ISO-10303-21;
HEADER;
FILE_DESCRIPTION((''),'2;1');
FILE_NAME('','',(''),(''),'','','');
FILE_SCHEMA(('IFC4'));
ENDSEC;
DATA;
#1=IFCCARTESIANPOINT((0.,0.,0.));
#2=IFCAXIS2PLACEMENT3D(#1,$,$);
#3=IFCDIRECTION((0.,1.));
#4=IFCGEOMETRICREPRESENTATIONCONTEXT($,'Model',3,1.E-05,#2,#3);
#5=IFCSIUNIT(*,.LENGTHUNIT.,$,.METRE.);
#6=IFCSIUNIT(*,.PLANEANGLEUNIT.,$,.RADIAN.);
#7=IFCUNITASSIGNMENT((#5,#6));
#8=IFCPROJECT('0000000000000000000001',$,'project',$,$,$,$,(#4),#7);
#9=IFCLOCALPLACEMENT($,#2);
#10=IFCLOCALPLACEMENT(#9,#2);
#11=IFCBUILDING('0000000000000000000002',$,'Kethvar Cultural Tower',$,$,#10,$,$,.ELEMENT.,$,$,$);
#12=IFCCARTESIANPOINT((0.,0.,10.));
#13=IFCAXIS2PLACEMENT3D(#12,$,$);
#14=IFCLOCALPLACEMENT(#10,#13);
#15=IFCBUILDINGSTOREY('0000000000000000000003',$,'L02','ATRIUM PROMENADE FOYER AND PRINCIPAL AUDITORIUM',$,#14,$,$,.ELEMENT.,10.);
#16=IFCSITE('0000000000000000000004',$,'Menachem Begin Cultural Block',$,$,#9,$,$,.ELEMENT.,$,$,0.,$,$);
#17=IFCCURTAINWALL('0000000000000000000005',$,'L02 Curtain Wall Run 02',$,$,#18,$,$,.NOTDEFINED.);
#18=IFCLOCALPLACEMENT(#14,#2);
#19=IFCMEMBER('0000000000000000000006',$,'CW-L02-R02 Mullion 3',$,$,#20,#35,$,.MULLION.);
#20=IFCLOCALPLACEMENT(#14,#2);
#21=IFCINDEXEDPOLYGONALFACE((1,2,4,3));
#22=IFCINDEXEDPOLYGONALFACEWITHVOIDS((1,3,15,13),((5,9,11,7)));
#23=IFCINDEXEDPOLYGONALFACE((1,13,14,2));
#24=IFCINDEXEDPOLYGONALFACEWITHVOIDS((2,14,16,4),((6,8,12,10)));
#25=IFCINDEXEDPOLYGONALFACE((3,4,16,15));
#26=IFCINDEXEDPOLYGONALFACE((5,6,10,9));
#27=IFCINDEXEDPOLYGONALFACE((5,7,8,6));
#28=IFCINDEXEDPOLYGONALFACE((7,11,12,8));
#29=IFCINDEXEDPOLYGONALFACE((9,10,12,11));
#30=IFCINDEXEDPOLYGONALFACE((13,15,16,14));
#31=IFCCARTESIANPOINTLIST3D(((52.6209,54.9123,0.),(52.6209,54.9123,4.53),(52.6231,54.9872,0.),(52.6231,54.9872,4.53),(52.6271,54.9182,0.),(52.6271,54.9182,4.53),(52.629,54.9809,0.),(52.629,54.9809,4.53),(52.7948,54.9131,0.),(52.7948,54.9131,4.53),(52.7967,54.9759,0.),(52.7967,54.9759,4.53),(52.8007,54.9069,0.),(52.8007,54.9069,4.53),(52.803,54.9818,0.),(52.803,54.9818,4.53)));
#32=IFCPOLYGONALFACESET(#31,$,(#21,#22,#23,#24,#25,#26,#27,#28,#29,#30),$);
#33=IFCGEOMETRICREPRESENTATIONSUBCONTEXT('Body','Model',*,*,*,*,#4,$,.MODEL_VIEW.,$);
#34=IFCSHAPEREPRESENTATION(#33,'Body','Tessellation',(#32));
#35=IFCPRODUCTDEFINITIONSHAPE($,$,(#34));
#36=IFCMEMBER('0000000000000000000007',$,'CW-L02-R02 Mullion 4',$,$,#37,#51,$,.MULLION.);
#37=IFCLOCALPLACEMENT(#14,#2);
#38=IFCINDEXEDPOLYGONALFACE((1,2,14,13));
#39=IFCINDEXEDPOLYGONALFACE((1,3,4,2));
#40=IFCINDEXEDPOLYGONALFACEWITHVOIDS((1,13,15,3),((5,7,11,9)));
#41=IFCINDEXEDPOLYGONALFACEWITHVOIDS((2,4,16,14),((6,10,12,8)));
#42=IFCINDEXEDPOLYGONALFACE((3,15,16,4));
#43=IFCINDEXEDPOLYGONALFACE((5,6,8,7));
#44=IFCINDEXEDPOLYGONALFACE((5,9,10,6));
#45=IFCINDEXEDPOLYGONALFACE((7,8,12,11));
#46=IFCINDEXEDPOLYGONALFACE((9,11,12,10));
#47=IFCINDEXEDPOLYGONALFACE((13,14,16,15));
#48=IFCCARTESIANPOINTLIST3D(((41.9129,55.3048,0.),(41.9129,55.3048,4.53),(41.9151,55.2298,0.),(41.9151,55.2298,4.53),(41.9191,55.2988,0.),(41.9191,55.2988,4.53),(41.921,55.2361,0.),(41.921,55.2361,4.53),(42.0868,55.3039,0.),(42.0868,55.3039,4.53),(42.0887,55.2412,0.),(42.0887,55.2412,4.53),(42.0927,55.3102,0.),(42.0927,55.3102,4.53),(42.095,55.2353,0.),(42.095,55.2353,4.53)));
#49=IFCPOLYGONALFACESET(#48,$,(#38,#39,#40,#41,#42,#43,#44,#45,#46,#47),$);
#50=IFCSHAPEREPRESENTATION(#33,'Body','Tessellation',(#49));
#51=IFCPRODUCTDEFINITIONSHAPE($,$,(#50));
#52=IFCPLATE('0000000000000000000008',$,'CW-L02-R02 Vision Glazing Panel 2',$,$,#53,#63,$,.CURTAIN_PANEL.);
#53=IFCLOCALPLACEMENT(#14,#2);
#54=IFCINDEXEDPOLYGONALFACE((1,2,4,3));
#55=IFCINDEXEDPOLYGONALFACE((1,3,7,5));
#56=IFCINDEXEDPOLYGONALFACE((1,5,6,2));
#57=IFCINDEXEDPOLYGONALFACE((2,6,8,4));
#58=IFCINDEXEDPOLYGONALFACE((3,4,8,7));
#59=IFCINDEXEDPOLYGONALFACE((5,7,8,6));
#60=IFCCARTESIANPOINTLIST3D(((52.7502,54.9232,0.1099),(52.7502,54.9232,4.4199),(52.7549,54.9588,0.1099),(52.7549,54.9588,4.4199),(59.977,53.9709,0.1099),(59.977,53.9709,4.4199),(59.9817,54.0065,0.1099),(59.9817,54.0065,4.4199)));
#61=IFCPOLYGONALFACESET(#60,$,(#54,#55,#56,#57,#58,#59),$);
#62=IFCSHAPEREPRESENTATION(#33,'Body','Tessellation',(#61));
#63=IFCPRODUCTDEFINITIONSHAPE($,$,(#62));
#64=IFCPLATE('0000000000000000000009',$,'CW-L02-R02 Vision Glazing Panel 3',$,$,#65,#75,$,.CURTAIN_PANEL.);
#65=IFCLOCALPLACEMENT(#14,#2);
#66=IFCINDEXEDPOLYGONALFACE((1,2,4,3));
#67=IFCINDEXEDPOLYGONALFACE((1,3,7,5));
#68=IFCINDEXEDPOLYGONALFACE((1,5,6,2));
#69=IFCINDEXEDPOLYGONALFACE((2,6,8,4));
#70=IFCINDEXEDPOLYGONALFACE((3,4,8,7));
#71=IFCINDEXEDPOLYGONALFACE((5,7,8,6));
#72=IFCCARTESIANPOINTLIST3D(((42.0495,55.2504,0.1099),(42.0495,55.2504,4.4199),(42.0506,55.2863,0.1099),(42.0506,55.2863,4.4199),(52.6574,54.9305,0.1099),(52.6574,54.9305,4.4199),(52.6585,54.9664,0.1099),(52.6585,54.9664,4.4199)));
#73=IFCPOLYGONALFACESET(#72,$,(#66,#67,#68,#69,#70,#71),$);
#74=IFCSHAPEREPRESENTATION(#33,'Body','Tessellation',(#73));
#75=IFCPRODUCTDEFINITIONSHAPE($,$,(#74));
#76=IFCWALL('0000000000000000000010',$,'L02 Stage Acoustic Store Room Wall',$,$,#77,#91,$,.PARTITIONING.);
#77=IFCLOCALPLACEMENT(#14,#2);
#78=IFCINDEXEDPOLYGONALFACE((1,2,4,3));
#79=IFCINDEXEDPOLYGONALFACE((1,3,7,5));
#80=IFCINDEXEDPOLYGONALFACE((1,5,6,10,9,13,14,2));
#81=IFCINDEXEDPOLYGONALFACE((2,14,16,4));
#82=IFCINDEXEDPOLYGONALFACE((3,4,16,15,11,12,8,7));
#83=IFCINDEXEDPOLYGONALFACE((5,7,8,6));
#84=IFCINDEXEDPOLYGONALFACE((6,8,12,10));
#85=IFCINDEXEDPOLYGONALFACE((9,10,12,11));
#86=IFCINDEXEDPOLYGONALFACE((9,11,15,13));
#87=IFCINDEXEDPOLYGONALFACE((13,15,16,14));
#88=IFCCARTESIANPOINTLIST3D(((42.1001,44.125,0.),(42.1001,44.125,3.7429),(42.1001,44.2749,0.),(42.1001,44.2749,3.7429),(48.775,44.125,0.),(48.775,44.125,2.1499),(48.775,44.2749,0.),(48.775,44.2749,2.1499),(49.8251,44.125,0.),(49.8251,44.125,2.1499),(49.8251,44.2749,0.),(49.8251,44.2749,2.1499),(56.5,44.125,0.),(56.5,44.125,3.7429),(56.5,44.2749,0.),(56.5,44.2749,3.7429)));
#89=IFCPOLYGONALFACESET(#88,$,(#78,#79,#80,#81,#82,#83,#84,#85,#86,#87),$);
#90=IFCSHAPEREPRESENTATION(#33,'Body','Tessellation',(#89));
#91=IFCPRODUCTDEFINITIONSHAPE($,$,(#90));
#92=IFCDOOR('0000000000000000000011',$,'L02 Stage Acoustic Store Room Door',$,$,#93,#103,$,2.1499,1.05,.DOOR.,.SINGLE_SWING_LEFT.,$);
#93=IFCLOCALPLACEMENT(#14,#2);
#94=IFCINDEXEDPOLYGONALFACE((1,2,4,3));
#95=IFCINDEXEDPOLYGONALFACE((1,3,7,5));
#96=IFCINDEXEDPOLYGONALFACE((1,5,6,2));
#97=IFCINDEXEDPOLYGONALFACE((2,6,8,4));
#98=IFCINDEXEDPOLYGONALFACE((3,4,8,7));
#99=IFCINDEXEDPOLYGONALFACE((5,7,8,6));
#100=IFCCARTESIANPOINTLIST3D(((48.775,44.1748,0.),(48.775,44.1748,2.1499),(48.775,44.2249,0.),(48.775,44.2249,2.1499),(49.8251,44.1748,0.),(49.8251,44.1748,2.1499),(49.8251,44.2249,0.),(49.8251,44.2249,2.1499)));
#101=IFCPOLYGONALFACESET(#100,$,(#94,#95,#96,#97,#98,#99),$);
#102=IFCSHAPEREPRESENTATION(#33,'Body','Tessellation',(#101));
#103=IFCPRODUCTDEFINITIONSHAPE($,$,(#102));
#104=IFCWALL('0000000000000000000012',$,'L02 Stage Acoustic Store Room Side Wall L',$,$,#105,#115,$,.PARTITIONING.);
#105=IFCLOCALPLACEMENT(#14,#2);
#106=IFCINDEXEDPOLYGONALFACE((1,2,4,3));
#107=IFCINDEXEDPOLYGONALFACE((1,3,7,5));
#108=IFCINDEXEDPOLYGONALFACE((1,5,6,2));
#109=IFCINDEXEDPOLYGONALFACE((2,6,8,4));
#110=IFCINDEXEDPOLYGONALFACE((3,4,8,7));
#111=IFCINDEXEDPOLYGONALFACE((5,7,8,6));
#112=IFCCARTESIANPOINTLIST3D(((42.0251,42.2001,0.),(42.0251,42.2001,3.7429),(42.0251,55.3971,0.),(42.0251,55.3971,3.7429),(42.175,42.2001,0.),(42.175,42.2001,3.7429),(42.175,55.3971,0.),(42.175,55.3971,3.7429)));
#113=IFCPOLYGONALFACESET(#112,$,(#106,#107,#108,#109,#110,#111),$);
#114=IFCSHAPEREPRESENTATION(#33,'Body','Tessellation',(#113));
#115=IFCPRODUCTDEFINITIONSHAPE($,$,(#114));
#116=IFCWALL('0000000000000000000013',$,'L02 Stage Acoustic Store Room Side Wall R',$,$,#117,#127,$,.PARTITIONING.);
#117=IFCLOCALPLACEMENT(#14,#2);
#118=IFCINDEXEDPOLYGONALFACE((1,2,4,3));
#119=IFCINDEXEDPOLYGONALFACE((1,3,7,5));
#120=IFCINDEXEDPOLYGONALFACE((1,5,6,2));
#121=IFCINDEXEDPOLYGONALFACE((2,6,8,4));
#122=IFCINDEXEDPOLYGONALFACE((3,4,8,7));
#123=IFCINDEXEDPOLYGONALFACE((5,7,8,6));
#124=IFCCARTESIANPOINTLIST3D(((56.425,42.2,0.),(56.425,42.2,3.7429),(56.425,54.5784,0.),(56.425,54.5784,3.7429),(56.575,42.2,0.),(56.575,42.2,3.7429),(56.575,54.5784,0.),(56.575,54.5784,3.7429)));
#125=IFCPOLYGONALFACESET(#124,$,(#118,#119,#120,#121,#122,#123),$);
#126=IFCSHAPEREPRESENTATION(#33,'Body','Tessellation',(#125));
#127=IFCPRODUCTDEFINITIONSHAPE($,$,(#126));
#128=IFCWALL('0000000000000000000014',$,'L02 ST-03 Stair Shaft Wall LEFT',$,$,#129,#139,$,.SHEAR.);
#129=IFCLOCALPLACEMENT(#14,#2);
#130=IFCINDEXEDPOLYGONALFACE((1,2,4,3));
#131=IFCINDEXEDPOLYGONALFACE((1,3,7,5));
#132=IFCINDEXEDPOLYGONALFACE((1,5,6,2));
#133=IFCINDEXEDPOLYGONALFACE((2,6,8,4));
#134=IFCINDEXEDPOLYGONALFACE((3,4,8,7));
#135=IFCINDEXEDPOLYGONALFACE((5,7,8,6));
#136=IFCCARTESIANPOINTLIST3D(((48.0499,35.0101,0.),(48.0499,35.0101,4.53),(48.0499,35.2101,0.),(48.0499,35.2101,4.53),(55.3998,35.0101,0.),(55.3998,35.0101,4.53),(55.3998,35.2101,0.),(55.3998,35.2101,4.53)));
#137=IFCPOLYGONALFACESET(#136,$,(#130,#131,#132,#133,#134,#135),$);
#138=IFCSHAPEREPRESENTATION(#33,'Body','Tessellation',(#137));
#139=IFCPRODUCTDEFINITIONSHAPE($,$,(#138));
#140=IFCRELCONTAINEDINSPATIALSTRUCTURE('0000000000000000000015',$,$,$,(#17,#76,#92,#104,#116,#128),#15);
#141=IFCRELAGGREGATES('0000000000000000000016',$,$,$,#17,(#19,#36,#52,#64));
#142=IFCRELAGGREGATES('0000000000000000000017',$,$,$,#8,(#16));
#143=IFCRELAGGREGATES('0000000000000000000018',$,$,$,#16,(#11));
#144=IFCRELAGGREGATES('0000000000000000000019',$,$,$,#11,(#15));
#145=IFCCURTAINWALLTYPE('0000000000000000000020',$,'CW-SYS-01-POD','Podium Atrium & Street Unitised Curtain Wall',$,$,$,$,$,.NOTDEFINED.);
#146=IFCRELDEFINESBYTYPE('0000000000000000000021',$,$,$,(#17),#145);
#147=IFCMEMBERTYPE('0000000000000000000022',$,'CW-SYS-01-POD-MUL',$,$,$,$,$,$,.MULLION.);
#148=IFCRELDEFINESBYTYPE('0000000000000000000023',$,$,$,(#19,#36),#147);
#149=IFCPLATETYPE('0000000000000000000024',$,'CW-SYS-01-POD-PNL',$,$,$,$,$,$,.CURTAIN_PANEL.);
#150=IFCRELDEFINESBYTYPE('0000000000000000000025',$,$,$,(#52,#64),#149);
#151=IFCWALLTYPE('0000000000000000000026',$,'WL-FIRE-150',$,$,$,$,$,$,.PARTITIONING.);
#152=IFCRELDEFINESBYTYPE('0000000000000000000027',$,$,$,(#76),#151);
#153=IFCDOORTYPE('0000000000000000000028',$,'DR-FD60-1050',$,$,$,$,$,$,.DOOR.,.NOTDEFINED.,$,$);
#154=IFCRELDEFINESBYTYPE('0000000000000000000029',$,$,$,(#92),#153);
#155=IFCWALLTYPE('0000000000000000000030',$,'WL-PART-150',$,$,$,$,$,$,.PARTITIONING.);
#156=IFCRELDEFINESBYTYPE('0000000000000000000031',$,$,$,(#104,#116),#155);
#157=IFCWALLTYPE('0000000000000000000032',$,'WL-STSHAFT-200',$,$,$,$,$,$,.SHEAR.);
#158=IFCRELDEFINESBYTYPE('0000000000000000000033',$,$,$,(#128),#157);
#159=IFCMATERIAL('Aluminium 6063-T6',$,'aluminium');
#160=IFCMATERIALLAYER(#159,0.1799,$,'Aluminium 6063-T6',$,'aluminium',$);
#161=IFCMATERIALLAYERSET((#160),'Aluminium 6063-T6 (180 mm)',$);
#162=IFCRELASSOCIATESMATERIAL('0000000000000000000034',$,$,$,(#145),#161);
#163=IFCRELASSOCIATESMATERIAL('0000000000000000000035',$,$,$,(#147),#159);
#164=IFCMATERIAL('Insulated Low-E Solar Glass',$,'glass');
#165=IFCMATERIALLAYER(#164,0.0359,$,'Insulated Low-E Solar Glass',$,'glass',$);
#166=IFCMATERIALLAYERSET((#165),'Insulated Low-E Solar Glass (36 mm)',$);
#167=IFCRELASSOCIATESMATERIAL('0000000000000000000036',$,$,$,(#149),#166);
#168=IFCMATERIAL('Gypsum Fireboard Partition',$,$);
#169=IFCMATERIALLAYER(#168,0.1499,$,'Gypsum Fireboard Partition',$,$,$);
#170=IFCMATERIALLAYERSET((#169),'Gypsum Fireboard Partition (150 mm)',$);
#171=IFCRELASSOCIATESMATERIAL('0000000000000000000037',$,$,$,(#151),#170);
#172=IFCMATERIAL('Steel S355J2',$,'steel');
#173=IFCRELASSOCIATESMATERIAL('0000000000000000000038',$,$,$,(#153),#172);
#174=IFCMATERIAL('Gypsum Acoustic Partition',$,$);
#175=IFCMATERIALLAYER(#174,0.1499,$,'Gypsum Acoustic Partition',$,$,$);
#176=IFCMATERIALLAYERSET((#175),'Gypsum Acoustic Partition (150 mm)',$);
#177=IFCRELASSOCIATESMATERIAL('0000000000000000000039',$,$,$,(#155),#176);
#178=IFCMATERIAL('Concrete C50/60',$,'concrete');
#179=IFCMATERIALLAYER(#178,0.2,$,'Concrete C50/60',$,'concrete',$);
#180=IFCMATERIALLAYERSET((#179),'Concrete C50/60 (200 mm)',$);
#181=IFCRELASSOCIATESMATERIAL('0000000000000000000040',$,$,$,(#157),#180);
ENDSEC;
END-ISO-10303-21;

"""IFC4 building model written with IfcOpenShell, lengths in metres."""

from ifc_helpers import new_model, si_unit, direction, frame, frame_2d, origin, origin_2d, place, context, subcontext, project, spatial, rectangle, hollow_rectangle, extrude, source, transform, mapped, material, layer, layer_set, material_profile, profile_set, type_object, element, fill, aggregate, save


model = new_model("IFC4")

# Units and contexts
model_context = context("Model", 3, precision=1e-05, world=origin(), true_north=direction((0.0, 1.0)))
body_context = subcontext(model_context, "Body", "Model", "MODEL_VIEW")
ifc_project = project(units=[si_unit("LENGTHUNIT", "METRE"), si_unit("PLANEANGLEUNIT", "RADIAN")], contexts=[model_context])

# Site, building, storey
site_placement = place(None, origin())
site = spatial("IfcSite", under=ifc_project, at=site_placement, Name="Menachem Begin Cultural Block", CompositionType="ELEMENT", RefElevation=0.0)
building_placement = place(site_placement, origin())
building = spatial("IfcBuilding", under=site, at=building_placement, Name="Kethvar Cultural Tower", CompositionType="ELEMENT")
storey_placement = place(building_placement, frame((0.0, 0.0, 10.0)))
storey = spatial("IfcBuildingStorey", under=building, at=storey_placement, Name="L02", Description="ATRIUM PROMENADE FOYER AND PRINCIPAL AUDITORIUM", CompositionType="ELEMENT", Elevation=10.0)

# Shared definitions
ifc_material_1 = material(Name="Steel S355J2", Category="steel")

# Curtain wall, members, plates
ifc_material_2 = material(Name="Aluminium 6063-T6", Category="aluminium")
ifc_layer_1 = layer(ifc_material_2, 0.1799, Name="Aluminium 6063-T6", Category="aluminium")
ifc_layer_set_1 = layer_set([ifc_layer_1], Name="Aluminium 6063-T6 (180 mm)")
curtain_wall_type = type_object("IfcCurtainWallType", Name="CW-SYS-01-POD", Description="Podium Atrium & Street Unitised Curtain Wall", PredefinedType="NOTDEFINED", material=ifc_layer_set_1)
curtain_wall_placement = place(storey_placement, origin())
curtain_wall = element("IfcCurtainWall", 1, at=curtain_wall_placement, inside=storey, type_object=curtain_wall_type, Name="L02 Curtain Wall Run 02", PredefinedType="NOTDEFINED")
ifc_material_profile_1 = material_profile(ifc_material_2, hollow_rectangle(XDim=0.075, YDim=0.1799, WallThickness=0.0061, at=origin_2d()), Name="Aluminium 6063-T6 — RHS180x75x6")
ifc_profile_set_1 = profile_set([ifc_material_profile_1], Name="Aluminium 6063-T6 — RHS180x75x6")
member_type_1 = type_object("IfcMemberType", Name="CW-SYS-01-POD-MUL", PredefinedType="MULLION", material=ifc_profile_set_1)
shared_shape_1 = source(origin(), body_context, "Body", "SweptSolid", [
    extrude(hollow_rectangle(XDim=0.075, YDim=0.1799, WallThickness=0.0061, at=origin_2d()), origin(), (0.0, 0.0, 1.0), 4.53),
])
member_1_placement = place(storey_placement, frame((52.7119, 54.947, 0.0), z_axis=(0.0, 0.0, 1.0), x_axis=(-0.030137, -0.999546, 0.0)))
member_1 = element("IfcMember", 2, at=member_1_placement, type_object=member_type_1, Name="CW-L02-R02 Mullion 3", PredefinedType="MULLION", context=body_context, shape_type="MappedRepresentation", body=[
    mapped(shared_shape_1, transform((0.0, 0.0, 0.0), scale=1.0)),
])
member_2_placement = place(storey_placement, frame((42.0039, 55.27, 0.0), z_axis=(0.0, 0.0, 1.0), x_axis=(0.030137, -0.999546, 0.0)))
member_2 = element("IfcMember", 3, at=member_2_placement, type_object=member_type_1, Name="CW-L02-R02 Mullion 4", PredefinedType="MULLION", context=body_context, shape_type="MappedRepresentation", body=[
    mapped(shared_shape_1, transform((0.0, 0.0, 0.0), scale=1.0)),
])
ifc_material_3 = material(Name="Insulated Low-E Solar Glass", Category="glass")
ifc_layer_2 = layer(ifc_material_3, 0.0359, Name="Insulated Low-E Solar Glass", Category="glass")
ifc_layer_set_2 = layer_set([ifc_layer_2], Name="Insulated Low-E Solar Glass (36 mm)")
plate_type = type_object("IfcPlateType", Name="CW-SYS-01-POD-PNL", PredefinedType="CURTAIN_PANEL", material=ifc_layer_set_2)
shared_shape_2 = source(origin(), body_context, "Body", "SweptSolid", [
    extrude(rectangle(XDim=7.2893, YDim=0.0359, at=origin_2d()), origin(), (0.0, 0.0, 1.0), 4.3101),
])
plate_1_placement = place(storey_placement, frame((56.366, 54.4648, 0.1099), z_axis=(0.0, 0.0, 1.0), x_axis=(-0.991429, 0.130647, 0.0)))
plate_1 = element("IfcPlate", 4, at=plate_1_placement, type_object=plate_type, Name="CW-L02-R02 Vision Glazing Panel 2", PredefinedType="CURTAIN_PANEL", context=body_context, shape_type="MappedRepresentation", body=[
    mapped(shared_shape_2, transform((0.0, 0.0, 0.0), scale=1.0)),
])
shared_shape_3 = source(origin(), body_context, "Body", "SweptSolid", [
    extrude(rectangle(XDim=10.6128, YDim=0.0359, at=origin_2d()), origin(), (0.0, 0.0, 1.0), 4.3101),
])
plate_2_placement = place(storey_placement, frame((47.354, 55.1084, 0.1099), z_axis=(0.0, 0.0, 1.0), x_axis=(-0.999546, 0.030137, 0.0)))
plate_2 = element("IfcPlate", 5, at=plate_2_placement, type_object=plate_type, Name="CW-L02-R02 Vision Glazing Panel 3", PredefinedType="CURTAIN_PANEL", context=body_context, shape_type="MappedRepresentation", body=[
    mapped(shared_shape_3, transform((0.0, 0.0, 0.0), scale=1.0)),
])
aggregate(curtain_wall, [member_1, member_2, plate_1, plate_2])

# Wall, opening, door
ifc_material_4 = material(Name="Gypsum Fireboard Partition")
ifc_layer_3 = layer(ifc_material_4, 0.1499, Name="Gypsum Fireboard Partition")
ifc_layer_set_3 = layer_set([ifc_layer_3], Name="Gypsum Fireboard Partition (150 mm)")
wall_type_1 = type_object("IfcWallType", Name="WL-FIRE-150", PredefinedType="PARTITIONING", material=ifc_layer_set_3)
wall_1_placement = place(storey_placement, frame((42.1001, 44.2, 0.0), z_axis=(0.0, 0.0, 1.0), x_axis=(1.0, 0.0, 0.0)))
wall_1 = element("IfcWall", 6, at=wall_1_placement, inside=storey, type_object=wall_type_1, Name="L02 Stage Acoustic Store Room Wall", PredefinedType="PARTITIONING", context=body_context, shape_type="SweptSolid", body=[
    extrude(rectangle(XDim=14.3999, YDim=0.1499, at=frame_2d((7.2, 0.0))), origin(), (0.0, 0.0, 1.0), 3.7429),
])
opening_1_placement = place(wall_1_placement, frame((6.675, 0.0, 0.0)))
opening_1 = element("IfcOpeningElement", 7, at=opening_1_placement, cuts=wall_1, PredefinedType="OPENING", context=body_context, shape_type="SweptSolid", body=[
    extrude(rectangle(XDim=1.05, YDim=2.1499, at=frame_2d((0.5249, 1.075))), frame((0.0, 0.085, 0.0), z_axis=(0.0, -1.0, 0.0), x_axis=(1.0, 0.0, 0.0)), (0.0, 0.0, 1.0), 0.1699),
])
door_type_1 = type_object("IfcDoorType", Name="DR-FD60-1050", OperationType="NOTDEFINED", PredefinedType="DOOR", material=ifc_material_1)
shared_shape_4 = source(origin(), body_context, "Body", "SweptSolid", [
    extrude(rectangle(XDim=1.05, YDim=2.1499, at=frame_2d((0.5249, 1.075))), frame((0.0, 0.0249, 0.0), z_axis=(0.0, -1.0, 0.0), x_axis=(1.0, 0.0, 0.0)), (0.0, 0.0, 1.0), 0.05),
])
door_1_placement = place(opening_1_placement, origin())
door_1 = element("IfcDoor", 8, at=door_1_placement, inside=storey, type_object=door_type_1, Name="L02 Stage Acoustic Store Room Door", OperationType="SINGLE_SWING_LEFT", OverallHeight=2.1499, OverallWidth=1.05, PredefinedType="DOOR", context=body_context, shape_type="MappedRepresentation", body=[
    mapped(shared_shape_4, transform((0.0, 0.0, 0.0), scale=1.0)),
])
fill(opening_1, door_1)

# Walls
ifc_material_5 = material(Name="Gypsum Acoustic Partition")
ifc_layer_4 = layer(ifc_material_5, 0.1499, Name="Gypsum Acoustic Partition")
ifc_layer_set_4 = layer_set([ifc_layer_4], Name="Gypsum Acoustic Partition (150 mm)")
wall_type_2 = type_object("IfcWallType", Name="WL-PART-150", PredefinedType="PARTITIONING", material=ifc_layer_set_4)
wall_2_placement = place(storey_placement, frame((42.1001, 42.2, 0.0), z_axis=(0.0, 0.0, 1.0), x_axis=(0.0, 1.0, 0.0)))
element("IfcWall", 9, at=wall_2_placement, inside=storey, type_object=wall_type_2, Name="L02 Stage Acoustic Store Room Side Wall L", PredefinedType="PARTITIONING", context=body_context, shape_type="SweptSolid", body=[
    extrude(rectangle(XDim=13.197, YDim=0.1499, at=frame_2d((6.5986, 0.0))), origin(), (0.0, 0.0, 1.0), 3.7429),
])
wall_3_placement = place(storey_placement, frame((56.5, 42.2, 0.0), z_axis=(0.0, 0.0, 1.0), x_axis=(0.0, 1.0, 0.0)))
element("IfcWall", 10, at=wall_3_placement, inside=storey, type_object=wall_type_2, Name="L02 Stage Acoustic Store Room Side Wall R", PredefinedType="PARTITIONING", context=body_context, shape_type="SweptSolid", body=[
    extrude(rectangle(XDim=12.3784, YDim=0.1499, at=frame_2d((6.1892, 0.0))), origin(), (0.0, 0.0, 1.0), 3.7429),
])
ifc_material_6 = material(Name="Concrete C50/60", Category="concrete")
ifc_layer_5 = layer(ifc_material_6, 0.2, Name="Concrete C50/60", Category="concrete")
ifc_layer_set_5 = layer_set([ifc_layer_5], Name="Concrete C50/60 (200 mm)")
wall_type_3 = type_object("IfcWallType", Name="WL-STSHAFT-200", PredefinedType="SHEAR", material=ifc_layer_set_5)
wall_4_placement = place(storey_placement, frame((48.05, 35.1101, 0.0), z_axis=(0.0, 0.0, 1.0), x_axis=(1.0, 0.0, 0.0)))
element("IfcWall", 11, at=wall_4_placement, inside=storey, type_object=wall_type_3, Name="L02 ST-03 Stair Shaft Wall LEFT", PredefinedType="SHEAR", context=body_context, shape_type="SweptSolid", body=[
    extrude(rectangle(XDim=7.3499, YDim=0.2, at=frame_2d((3.6748, 0.0))), origin(), (0.0, 0.0, 1.0), 4.53),
])

save(model, "model.ifc")
